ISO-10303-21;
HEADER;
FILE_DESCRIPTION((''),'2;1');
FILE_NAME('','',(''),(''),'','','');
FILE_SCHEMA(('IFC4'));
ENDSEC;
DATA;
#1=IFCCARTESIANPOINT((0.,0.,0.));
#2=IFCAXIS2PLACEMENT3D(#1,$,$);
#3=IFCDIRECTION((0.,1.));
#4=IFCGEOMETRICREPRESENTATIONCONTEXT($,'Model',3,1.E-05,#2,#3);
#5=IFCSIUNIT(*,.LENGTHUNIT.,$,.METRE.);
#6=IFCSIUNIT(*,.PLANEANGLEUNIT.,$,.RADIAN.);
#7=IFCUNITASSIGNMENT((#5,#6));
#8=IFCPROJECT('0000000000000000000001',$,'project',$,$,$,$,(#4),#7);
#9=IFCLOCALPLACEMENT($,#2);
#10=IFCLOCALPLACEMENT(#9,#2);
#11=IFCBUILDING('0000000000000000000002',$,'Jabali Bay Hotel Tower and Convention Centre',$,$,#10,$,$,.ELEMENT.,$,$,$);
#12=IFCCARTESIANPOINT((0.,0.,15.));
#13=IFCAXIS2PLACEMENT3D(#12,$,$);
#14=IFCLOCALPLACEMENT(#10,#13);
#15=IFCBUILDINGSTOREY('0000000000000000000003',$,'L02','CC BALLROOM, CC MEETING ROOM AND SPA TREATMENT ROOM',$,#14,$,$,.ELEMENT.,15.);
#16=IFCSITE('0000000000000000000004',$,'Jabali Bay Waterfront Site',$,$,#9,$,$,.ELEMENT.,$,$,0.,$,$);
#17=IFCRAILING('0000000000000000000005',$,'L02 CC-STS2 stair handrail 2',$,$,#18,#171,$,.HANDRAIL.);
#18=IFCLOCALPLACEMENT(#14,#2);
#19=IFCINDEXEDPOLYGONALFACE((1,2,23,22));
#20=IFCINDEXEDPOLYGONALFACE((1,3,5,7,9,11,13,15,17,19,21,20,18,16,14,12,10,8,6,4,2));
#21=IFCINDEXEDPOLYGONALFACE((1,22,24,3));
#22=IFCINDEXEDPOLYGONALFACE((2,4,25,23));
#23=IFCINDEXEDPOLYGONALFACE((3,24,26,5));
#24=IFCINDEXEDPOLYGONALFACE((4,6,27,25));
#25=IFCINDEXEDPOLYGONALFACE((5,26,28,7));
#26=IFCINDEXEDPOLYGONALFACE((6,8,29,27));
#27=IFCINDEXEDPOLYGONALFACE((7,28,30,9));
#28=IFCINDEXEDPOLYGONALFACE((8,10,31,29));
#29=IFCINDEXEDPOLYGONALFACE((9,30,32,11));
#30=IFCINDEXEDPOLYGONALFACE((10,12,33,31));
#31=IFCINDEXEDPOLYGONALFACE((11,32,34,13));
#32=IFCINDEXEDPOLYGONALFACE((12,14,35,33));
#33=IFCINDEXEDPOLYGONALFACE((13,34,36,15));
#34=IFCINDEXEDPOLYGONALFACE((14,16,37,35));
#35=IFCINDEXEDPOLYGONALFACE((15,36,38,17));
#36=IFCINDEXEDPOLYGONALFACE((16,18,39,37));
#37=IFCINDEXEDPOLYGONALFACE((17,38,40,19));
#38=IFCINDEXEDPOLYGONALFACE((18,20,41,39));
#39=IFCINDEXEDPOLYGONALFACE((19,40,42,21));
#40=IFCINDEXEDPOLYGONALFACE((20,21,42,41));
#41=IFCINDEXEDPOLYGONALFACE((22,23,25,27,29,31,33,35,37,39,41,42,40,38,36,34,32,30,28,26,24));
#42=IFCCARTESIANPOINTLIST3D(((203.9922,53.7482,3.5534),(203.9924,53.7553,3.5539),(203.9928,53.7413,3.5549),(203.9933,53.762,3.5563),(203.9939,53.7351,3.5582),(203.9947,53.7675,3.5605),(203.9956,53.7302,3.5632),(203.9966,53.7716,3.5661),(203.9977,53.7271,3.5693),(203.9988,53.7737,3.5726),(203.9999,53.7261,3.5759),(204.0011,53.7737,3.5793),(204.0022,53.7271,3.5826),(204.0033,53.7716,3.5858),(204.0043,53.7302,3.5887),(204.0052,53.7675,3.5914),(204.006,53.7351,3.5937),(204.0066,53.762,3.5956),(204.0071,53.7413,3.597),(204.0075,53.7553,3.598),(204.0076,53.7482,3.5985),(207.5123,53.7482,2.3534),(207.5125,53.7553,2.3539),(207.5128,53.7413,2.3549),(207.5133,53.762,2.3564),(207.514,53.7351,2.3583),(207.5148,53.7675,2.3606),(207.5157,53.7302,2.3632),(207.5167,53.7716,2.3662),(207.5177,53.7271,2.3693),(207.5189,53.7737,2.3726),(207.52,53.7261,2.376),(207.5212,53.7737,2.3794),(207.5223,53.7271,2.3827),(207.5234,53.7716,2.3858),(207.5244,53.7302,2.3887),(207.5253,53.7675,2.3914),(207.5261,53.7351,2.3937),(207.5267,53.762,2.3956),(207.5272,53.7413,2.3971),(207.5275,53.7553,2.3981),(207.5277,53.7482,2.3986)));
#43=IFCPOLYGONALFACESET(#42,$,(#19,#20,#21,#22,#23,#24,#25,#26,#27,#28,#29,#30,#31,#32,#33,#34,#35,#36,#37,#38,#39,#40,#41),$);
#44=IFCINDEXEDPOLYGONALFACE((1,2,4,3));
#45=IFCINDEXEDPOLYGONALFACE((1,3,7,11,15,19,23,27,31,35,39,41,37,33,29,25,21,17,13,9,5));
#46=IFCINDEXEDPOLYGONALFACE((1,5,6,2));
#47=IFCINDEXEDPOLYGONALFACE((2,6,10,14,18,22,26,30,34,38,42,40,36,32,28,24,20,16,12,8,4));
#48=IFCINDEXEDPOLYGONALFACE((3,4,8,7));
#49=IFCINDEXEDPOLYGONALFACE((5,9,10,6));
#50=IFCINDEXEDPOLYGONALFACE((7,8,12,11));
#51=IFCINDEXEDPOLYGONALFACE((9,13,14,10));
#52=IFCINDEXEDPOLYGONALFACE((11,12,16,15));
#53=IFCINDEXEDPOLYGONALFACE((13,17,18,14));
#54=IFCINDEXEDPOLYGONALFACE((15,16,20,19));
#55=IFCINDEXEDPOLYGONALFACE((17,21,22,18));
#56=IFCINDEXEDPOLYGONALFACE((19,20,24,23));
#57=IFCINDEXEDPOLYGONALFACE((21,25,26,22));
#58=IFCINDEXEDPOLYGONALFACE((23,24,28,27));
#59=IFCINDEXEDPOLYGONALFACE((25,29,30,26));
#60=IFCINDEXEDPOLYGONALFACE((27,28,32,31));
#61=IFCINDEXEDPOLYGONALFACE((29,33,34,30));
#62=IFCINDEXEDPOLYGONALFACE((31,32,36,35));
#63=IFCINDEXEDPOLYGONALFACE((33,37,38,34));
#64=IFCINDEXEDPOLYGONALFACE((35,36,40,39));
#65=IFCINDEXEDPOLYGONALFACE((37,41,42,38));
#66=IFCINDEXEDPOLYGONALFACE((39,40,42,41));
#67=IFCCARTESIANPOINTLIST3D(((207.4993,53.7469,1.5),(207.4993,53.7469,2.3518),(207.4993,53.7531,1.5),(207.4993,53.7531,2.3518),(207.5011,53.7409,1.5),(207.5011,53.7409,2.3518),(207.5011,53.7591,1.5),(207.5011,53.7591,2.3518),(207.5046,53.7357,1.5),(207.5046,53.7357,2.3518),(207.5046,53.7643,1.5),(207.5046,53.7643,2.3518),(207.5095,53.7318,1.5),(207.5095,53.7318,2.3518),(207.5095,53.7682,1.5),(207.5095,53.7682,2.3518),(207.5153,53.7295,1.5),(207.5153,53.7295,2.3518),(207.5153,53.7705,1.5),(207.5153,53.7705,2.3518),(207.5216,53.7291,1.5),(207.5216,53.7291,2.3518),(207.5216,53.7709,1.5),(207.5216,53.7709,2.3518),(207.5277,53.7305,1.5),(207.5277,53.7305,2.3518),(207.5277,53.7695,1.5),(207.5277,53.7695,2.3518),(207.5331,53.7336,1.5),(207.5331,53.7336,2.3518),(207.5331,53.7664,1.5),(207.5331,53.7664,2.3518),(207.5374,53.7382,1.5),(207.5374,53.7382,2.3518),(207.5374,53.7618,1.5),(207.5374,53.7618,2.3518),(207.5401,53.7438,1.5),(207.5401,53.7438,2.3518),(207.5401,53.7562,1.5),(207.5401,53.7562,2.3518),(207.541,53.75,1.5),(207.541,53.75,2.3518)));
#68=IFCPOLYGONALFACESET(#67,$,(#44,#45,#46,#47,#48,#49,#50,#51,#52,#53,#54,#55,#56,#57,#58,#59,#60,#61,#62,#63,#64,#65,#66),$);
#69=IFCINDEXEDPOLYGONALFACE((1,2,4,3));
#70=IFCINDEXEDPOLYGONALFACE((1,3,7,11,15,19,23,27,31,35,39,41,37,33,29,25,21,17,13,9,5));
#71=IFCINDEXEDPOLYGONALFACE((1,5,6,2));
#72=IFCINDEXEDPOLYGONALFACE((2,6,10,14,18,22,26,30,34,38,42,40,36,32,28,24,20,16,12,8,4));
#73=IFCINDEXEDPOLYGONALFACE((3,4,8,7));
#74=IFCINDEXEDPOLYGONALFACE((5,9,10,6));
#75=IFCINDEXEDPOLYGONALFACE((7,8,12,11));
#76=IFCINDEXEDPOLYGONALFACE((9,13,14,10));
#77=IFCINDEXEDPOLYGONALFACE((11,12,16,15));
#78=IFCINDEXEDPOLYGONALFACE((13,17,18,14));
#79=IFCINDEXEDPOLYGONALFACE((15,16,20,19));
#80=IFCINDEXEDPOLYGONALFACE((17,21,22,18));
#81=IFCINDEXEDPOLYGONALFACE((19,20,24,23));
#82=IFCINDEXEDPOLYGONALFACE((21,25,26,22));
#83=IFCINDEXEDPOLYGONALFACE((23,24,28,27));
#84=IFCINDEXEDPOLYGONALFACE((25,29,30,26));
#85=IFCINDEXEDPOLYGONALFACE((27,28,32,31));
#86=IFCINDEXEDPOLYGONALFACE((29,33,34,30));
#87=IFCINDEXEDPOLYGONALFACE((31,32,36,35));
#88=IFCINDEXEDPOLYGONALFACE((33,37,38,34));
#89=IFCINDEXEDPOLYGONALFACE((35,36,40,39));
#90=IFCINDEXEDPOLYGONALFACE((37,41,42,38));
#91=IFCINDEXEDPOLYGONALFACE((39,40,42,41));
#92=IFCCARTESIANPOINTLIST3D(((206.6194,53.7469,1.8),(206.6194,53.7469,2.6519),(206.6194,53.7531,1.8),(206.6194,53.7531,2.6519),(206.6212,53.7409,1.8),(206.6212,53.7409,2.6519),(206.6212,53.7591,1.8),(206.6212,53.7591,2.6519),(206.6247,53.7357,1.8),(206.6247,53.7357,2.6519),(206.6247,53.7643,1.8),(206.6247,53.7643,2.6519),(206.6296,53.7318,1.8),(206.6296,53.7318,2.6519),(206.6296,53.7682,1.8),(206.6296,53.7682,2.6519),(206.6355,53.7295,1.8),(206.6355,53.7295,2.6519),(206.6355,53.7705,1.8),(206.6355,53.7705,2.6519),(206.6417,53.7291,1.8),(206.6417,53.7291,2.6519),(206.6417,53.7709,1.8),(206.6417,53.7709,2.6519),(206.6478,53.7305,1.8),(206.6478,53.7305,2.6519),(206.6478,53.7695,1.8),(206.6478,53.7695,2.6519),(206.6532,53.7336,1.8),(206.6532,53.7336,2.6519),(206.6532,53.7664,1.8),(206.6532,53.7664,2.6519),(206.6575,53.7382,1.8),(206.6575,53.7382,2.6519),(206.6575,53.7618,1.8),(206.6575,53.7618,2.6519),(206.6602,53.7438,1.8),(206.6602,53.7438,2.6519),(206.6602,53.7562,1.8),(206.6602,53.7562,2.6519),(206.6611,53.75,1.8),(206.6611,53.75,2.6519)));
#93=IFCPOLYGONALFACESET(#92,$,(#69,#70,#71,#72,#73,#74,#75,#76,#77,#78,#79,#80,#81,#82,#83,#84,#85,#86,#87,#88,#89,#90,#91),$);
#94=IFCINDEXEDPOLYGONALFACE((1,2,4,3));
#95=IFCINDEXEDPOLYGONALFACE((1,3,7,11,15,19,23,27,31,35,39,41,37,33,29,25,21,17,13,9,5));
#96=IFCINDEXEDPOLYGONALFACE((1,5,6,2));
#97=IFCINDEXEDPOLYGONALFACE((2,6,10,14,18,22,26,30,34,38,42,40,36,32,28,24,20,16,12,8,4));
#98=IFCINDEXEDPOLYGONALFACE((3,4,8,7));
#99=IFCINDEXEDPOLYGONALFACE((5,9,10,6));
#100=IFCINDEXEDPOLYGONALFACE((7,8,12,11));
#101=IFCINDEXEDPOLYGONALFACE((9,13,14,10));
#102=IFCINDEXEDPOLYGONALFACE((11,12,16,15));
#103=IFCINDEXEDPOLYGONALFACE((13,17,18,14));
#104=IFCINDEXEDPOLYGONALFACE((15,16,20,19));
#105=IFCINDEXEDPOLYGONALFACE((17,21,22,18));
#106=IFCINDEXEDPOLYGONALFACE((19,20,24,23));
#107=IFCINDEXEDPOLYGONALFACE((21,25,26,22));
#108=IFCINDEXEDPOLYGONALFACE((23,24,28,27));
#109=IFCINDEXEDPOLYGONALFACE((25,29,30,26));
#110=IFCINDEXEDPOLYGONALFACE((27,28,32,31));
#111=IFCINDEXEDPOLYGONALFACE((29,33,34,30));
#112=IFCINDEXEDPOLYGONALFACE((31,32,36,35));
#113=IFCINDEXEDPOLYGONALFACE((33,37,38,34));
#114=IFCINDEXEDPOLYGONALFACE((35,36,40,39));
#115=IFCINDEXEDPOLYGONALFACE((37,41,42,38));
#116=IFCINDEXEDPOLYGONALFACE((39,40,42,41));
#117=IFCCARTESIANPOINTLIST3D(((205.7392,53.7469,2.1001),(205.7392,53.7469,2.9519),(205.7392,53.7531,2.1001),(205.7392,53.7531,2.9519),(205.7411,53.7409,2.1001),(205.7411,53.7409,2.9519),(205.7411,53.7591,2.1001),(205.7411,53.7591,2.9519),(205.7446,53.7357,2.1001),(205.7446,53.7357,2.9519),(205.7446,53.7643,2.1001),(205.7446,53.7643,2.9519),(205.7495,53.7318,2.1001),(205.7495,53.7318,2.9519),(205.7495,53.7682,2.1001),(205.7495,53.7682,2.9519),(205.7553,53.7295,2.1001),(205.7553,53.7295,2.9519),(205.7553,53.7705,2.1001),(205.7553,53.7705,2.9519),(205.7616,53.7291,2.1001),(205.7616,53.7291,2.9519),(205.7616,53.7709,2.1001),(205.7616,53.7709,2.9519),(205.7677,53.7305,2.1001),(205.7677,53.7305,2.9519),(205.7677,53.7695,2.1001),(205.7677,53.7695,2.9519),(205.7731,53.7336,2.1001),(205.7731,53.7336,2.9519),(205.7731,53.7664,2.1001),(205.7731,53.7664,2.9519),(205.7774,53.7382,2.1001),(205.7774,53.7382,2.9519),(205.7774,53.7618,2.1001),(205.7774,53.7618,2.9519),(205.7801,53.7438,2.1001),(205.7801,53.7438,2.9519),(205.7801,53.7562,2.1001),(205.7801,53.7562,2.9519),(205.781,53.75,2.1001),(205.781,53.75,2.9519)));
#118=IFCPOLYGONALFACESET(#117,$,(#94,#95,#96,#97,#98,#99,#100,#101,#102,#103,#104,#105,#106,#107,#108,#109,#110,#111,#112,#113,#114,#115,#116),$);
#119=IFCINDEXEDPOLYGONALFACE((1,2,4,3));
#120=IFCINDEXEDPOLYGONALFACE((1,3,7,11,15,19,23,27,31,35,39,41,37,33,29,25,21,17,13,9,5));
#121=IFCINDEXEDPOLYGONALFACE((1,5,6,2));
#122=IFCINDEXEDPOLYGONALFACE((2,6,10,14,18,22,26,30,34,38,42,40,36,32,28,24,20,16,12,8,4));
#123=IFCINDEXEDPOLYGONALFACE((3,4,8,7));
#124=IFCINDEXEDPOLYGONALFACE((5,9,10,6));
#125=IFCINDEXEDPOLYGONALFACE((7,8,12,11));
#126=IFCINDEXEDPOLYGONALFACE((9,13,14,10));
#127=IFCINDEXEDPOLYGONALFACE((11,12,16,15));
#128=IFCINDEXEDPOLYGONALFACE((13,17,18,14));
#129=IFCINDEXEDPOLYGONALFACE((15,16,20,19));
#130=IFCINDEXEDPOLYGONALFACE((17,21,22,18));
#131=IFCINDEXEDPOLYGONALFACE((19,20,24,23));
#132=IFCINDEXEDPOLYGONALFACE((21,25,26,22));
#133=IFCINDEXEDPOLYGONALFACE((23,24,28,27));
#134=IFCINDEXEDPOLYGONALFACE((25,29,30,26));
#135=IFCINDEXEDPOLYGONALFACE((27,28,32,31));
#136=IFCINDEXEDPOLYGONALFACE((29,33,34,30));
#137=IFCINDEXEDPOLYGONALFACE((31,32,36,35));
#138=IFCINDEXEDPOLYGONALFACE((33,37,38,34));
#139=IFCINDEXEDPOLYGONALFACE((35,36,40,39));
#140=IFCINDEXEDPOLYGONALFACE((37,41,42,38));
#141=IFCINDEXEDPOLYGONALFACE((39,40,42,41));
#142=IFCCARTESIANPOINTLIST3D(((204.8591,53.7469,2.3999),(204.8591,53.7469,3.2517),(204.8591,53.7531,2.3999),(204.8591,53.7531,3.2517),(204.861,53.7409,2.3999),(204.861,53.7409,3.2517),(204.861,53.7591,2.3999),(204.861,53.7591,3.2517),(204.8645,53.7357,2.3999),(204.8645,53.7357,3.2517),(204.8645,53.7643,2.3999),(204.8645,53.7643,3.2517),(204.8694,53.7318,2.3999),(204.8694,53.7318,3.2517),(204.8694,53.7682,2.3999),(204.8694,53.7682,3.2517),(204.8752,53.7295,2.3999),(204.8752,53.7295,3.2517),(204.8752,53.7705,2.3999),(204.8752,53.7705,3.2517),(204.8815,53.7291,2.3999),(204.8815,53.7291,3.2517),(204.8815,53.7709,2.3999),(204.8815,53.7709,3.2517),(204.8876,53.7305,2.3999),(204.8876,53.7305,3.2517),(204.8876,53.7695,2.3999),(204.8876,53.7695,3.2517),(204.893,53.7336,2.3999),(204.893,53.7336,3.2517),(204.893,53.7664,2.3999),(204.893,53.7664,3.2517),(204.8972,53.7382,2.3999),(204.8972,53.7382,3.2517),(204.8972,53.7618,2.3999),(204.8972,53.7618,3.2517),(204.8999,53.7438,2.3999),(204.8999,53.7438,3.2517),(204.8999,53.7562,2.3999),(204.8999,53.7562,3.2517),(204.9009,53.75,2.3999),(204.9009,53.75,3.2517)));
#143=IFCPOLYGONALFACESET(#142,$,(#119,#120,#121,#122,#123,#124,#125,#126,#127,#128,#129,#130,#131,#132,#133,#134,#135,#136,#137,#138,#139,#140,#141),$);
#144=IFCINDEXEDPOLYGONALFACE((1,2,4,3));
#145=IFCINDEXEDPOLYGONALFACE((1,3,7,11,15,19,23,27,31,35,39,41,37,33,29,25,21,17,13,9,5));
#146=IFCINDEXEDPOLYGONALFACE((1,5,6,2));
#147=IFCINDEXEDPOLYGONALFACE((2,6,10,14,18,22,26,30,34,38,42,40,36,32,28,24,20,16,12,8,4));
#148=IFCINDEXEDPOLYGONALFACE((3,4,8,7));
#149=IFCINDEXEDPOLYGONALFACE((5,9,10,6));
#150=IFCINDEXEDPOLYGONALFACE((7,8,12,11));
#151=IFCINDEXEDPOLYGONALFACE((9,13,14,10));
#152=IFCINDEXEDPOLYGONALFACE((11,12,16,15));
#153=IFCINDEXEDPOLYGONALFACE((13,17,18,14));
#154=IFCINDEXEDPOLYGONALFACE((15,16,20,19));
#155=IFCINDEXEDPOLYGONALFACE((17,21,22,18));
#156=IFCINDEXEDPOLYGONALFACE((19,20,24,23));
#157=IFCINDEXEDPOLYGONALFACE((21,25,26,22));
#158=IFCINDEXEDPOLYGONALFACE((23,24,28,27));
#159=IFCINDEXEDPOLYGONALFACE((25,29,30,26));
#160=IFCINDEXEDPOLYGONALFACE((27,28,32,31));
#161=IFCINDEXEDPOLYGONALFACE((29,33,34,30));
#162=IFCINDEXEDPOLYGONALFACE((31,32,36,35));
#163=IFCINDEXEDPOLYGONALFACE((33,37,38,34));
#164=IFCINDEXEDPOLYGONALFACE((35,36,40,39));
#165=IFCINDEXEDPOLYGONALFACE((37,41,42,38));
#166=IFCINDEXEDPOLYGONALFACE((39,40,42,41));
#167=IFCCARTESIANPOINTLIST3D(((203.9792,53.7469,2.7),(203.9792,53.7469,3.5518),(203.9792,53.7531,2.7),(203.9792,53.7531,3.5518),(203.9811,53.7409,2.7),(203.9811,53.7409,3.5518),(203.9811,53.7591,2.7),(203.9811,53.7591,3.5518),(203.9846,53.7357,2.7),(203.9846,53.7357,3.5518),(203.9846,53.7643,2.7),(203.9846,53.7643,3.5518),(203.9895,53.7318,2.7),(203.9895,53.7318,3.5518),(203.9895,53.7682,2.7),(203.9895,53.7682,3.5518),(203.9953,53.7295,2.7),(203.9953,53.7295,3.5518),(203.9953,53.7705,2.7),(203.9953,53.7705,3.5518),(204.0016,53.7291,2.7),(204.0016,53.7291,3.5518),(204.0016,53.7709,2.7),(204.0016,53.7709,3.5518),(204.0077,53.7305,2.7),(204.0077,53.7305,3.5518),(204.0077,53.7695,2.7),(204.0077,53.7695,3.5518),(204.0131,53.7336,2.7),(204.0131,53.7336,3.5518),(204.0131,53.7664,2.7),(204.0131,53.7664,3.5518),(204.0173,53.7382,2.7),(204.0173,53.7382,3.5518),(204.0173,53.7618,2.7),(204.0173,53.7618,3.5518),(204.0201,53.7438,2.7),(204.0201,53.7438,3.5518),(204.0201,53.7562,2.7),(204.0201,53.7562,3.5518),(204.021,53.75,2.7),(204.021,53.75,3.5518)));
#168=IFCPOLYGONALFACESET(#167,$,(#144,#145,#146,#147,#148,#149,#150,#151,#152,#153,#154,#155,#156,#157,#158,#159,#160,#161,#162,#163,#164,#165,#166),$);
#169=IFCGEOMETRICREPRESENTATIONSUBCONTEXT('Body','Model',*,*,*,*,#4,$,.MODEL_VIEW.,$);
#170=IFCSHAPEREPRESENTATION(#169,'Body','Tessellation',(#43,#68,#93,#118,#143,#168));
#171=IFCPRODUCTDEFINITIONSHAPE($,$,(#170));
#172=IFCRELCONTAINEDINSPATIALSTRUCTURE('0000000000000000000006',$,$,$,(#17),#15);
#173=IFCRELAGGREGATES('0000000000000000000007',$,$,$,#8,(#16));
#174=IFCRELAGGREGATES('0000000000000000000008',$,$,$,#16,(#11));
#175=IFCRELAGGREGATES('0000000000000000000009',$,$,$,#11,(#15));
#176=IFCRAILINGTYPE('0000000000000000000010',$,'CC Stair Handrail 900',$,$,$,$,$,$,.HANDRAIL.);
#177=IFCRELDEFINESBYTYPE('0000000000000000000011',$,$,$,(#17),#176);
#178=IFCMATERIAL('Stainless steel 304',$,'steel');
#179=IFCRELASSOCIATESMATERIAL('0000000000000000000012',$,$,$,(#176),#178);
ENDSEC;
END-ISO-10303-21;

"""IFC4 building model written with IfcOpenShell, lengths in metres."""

from ifc_helpers import new_model, si_unit, direction, frame, origin, origin_2d, place, context, subcontext, project, spatial, circle, extrude, material, type_object, element, save


model = new_model("IFC4")

# Units and contexts
model_context = context("Model", 3, precision=1e-05, world=origin(), true_north=direction((0.0, 1.0)))
body_context = subcontext(model_context, "Body", "Model", "MODEL_VIEW")
ifc_project = project(units=[si_unit("LENGTHUNIT", "METRE"), si_unit("PLANEANGLEUNIT", "RADIAN")], contexts=[model_context])

# Site, building, storey
site_placement = place(None, origin())
site = spatial("IfcSite", under=ifc_project, at=site_placement, Name="Jabali Bay Waterfront Site", CompositionType="ELEMENT", RefElevation=0.0)
building_placement = place(site_placement, origin())
building = spatial("IfcBuilding", under=site, at=building_placement, Name="Jabali Bay Hotel Tower and Convention Centre", CompositionType="ELEMENT")
storey_placement = place(building_placement, frame((0.0, 0.0, 15.0)))
storey = spatial("IfcBuildingStorey", under=building, at=storey_placement, Name="L02", Description="CC BALLROOM, CC MEETING ROOM AND SPA TREATMENT ROOM", CompositionType="ELEMENT", Elevation=15.0)

# Railing
ifc_material_1 = material(Name="Stainless steel 304", Category="steel")
railing_type_1 = type_object("IfcRailingType", Name="CC Stair Handrail 900", PredefinedType="HANDRAIL", material=ifc_material_1)
for number, where, name in (
    (1, (207.52, 53.75, 1.5), "L02 CC-STS2 stair handrail 2"),
):
    element("IfcRailing", number, at=place(storey_placement, frame(where)), inside=storey, type_object=railing_type_1, Name=name, PredefinedType="HANDRAIL", context=body_context, shape_type="SweptSolid", body=[
        extrude(circle(Radius=0.0239, at=origin_2d()), frame((0.0, 0.0, 0.876), z_axis=(-0.946515, 0.0, 0.322661), x_axis=(0.0, -1.0, 0.0)), (0.0, 0.0, 1.0), 3.719),
        extrude(circle(Radius=0.021, at=origin_2d()), origin(), (0.0, 0.0, 1.0), 0.8518),
        extrude(circle(Radius=0.021, at=origin_2d()), frame((-0.8799, 0.0, 0.3)), (0.0, 0.0, 1.0), 0.8518),
        extrude(circle(Radius=0.021, at=origin_2d()), frame((-1.76, 0.0, 0.6001)), (0.0, 0.0, 1.0), 0.8518),
        extrude(circle(Radius=0.021, at=origin_2d()), frame((-2.6401, 0.0, 0.8999)), (0.0, 0.0, 1.0), 0.8518),
        extrude(circle(Radius=0.021, at=origin_2d()), frame((-3.52, 0.0, 1.2)), (0.0, 0.0, 1.0), 0.8518),
    ])

save(model, "model.ifc")
